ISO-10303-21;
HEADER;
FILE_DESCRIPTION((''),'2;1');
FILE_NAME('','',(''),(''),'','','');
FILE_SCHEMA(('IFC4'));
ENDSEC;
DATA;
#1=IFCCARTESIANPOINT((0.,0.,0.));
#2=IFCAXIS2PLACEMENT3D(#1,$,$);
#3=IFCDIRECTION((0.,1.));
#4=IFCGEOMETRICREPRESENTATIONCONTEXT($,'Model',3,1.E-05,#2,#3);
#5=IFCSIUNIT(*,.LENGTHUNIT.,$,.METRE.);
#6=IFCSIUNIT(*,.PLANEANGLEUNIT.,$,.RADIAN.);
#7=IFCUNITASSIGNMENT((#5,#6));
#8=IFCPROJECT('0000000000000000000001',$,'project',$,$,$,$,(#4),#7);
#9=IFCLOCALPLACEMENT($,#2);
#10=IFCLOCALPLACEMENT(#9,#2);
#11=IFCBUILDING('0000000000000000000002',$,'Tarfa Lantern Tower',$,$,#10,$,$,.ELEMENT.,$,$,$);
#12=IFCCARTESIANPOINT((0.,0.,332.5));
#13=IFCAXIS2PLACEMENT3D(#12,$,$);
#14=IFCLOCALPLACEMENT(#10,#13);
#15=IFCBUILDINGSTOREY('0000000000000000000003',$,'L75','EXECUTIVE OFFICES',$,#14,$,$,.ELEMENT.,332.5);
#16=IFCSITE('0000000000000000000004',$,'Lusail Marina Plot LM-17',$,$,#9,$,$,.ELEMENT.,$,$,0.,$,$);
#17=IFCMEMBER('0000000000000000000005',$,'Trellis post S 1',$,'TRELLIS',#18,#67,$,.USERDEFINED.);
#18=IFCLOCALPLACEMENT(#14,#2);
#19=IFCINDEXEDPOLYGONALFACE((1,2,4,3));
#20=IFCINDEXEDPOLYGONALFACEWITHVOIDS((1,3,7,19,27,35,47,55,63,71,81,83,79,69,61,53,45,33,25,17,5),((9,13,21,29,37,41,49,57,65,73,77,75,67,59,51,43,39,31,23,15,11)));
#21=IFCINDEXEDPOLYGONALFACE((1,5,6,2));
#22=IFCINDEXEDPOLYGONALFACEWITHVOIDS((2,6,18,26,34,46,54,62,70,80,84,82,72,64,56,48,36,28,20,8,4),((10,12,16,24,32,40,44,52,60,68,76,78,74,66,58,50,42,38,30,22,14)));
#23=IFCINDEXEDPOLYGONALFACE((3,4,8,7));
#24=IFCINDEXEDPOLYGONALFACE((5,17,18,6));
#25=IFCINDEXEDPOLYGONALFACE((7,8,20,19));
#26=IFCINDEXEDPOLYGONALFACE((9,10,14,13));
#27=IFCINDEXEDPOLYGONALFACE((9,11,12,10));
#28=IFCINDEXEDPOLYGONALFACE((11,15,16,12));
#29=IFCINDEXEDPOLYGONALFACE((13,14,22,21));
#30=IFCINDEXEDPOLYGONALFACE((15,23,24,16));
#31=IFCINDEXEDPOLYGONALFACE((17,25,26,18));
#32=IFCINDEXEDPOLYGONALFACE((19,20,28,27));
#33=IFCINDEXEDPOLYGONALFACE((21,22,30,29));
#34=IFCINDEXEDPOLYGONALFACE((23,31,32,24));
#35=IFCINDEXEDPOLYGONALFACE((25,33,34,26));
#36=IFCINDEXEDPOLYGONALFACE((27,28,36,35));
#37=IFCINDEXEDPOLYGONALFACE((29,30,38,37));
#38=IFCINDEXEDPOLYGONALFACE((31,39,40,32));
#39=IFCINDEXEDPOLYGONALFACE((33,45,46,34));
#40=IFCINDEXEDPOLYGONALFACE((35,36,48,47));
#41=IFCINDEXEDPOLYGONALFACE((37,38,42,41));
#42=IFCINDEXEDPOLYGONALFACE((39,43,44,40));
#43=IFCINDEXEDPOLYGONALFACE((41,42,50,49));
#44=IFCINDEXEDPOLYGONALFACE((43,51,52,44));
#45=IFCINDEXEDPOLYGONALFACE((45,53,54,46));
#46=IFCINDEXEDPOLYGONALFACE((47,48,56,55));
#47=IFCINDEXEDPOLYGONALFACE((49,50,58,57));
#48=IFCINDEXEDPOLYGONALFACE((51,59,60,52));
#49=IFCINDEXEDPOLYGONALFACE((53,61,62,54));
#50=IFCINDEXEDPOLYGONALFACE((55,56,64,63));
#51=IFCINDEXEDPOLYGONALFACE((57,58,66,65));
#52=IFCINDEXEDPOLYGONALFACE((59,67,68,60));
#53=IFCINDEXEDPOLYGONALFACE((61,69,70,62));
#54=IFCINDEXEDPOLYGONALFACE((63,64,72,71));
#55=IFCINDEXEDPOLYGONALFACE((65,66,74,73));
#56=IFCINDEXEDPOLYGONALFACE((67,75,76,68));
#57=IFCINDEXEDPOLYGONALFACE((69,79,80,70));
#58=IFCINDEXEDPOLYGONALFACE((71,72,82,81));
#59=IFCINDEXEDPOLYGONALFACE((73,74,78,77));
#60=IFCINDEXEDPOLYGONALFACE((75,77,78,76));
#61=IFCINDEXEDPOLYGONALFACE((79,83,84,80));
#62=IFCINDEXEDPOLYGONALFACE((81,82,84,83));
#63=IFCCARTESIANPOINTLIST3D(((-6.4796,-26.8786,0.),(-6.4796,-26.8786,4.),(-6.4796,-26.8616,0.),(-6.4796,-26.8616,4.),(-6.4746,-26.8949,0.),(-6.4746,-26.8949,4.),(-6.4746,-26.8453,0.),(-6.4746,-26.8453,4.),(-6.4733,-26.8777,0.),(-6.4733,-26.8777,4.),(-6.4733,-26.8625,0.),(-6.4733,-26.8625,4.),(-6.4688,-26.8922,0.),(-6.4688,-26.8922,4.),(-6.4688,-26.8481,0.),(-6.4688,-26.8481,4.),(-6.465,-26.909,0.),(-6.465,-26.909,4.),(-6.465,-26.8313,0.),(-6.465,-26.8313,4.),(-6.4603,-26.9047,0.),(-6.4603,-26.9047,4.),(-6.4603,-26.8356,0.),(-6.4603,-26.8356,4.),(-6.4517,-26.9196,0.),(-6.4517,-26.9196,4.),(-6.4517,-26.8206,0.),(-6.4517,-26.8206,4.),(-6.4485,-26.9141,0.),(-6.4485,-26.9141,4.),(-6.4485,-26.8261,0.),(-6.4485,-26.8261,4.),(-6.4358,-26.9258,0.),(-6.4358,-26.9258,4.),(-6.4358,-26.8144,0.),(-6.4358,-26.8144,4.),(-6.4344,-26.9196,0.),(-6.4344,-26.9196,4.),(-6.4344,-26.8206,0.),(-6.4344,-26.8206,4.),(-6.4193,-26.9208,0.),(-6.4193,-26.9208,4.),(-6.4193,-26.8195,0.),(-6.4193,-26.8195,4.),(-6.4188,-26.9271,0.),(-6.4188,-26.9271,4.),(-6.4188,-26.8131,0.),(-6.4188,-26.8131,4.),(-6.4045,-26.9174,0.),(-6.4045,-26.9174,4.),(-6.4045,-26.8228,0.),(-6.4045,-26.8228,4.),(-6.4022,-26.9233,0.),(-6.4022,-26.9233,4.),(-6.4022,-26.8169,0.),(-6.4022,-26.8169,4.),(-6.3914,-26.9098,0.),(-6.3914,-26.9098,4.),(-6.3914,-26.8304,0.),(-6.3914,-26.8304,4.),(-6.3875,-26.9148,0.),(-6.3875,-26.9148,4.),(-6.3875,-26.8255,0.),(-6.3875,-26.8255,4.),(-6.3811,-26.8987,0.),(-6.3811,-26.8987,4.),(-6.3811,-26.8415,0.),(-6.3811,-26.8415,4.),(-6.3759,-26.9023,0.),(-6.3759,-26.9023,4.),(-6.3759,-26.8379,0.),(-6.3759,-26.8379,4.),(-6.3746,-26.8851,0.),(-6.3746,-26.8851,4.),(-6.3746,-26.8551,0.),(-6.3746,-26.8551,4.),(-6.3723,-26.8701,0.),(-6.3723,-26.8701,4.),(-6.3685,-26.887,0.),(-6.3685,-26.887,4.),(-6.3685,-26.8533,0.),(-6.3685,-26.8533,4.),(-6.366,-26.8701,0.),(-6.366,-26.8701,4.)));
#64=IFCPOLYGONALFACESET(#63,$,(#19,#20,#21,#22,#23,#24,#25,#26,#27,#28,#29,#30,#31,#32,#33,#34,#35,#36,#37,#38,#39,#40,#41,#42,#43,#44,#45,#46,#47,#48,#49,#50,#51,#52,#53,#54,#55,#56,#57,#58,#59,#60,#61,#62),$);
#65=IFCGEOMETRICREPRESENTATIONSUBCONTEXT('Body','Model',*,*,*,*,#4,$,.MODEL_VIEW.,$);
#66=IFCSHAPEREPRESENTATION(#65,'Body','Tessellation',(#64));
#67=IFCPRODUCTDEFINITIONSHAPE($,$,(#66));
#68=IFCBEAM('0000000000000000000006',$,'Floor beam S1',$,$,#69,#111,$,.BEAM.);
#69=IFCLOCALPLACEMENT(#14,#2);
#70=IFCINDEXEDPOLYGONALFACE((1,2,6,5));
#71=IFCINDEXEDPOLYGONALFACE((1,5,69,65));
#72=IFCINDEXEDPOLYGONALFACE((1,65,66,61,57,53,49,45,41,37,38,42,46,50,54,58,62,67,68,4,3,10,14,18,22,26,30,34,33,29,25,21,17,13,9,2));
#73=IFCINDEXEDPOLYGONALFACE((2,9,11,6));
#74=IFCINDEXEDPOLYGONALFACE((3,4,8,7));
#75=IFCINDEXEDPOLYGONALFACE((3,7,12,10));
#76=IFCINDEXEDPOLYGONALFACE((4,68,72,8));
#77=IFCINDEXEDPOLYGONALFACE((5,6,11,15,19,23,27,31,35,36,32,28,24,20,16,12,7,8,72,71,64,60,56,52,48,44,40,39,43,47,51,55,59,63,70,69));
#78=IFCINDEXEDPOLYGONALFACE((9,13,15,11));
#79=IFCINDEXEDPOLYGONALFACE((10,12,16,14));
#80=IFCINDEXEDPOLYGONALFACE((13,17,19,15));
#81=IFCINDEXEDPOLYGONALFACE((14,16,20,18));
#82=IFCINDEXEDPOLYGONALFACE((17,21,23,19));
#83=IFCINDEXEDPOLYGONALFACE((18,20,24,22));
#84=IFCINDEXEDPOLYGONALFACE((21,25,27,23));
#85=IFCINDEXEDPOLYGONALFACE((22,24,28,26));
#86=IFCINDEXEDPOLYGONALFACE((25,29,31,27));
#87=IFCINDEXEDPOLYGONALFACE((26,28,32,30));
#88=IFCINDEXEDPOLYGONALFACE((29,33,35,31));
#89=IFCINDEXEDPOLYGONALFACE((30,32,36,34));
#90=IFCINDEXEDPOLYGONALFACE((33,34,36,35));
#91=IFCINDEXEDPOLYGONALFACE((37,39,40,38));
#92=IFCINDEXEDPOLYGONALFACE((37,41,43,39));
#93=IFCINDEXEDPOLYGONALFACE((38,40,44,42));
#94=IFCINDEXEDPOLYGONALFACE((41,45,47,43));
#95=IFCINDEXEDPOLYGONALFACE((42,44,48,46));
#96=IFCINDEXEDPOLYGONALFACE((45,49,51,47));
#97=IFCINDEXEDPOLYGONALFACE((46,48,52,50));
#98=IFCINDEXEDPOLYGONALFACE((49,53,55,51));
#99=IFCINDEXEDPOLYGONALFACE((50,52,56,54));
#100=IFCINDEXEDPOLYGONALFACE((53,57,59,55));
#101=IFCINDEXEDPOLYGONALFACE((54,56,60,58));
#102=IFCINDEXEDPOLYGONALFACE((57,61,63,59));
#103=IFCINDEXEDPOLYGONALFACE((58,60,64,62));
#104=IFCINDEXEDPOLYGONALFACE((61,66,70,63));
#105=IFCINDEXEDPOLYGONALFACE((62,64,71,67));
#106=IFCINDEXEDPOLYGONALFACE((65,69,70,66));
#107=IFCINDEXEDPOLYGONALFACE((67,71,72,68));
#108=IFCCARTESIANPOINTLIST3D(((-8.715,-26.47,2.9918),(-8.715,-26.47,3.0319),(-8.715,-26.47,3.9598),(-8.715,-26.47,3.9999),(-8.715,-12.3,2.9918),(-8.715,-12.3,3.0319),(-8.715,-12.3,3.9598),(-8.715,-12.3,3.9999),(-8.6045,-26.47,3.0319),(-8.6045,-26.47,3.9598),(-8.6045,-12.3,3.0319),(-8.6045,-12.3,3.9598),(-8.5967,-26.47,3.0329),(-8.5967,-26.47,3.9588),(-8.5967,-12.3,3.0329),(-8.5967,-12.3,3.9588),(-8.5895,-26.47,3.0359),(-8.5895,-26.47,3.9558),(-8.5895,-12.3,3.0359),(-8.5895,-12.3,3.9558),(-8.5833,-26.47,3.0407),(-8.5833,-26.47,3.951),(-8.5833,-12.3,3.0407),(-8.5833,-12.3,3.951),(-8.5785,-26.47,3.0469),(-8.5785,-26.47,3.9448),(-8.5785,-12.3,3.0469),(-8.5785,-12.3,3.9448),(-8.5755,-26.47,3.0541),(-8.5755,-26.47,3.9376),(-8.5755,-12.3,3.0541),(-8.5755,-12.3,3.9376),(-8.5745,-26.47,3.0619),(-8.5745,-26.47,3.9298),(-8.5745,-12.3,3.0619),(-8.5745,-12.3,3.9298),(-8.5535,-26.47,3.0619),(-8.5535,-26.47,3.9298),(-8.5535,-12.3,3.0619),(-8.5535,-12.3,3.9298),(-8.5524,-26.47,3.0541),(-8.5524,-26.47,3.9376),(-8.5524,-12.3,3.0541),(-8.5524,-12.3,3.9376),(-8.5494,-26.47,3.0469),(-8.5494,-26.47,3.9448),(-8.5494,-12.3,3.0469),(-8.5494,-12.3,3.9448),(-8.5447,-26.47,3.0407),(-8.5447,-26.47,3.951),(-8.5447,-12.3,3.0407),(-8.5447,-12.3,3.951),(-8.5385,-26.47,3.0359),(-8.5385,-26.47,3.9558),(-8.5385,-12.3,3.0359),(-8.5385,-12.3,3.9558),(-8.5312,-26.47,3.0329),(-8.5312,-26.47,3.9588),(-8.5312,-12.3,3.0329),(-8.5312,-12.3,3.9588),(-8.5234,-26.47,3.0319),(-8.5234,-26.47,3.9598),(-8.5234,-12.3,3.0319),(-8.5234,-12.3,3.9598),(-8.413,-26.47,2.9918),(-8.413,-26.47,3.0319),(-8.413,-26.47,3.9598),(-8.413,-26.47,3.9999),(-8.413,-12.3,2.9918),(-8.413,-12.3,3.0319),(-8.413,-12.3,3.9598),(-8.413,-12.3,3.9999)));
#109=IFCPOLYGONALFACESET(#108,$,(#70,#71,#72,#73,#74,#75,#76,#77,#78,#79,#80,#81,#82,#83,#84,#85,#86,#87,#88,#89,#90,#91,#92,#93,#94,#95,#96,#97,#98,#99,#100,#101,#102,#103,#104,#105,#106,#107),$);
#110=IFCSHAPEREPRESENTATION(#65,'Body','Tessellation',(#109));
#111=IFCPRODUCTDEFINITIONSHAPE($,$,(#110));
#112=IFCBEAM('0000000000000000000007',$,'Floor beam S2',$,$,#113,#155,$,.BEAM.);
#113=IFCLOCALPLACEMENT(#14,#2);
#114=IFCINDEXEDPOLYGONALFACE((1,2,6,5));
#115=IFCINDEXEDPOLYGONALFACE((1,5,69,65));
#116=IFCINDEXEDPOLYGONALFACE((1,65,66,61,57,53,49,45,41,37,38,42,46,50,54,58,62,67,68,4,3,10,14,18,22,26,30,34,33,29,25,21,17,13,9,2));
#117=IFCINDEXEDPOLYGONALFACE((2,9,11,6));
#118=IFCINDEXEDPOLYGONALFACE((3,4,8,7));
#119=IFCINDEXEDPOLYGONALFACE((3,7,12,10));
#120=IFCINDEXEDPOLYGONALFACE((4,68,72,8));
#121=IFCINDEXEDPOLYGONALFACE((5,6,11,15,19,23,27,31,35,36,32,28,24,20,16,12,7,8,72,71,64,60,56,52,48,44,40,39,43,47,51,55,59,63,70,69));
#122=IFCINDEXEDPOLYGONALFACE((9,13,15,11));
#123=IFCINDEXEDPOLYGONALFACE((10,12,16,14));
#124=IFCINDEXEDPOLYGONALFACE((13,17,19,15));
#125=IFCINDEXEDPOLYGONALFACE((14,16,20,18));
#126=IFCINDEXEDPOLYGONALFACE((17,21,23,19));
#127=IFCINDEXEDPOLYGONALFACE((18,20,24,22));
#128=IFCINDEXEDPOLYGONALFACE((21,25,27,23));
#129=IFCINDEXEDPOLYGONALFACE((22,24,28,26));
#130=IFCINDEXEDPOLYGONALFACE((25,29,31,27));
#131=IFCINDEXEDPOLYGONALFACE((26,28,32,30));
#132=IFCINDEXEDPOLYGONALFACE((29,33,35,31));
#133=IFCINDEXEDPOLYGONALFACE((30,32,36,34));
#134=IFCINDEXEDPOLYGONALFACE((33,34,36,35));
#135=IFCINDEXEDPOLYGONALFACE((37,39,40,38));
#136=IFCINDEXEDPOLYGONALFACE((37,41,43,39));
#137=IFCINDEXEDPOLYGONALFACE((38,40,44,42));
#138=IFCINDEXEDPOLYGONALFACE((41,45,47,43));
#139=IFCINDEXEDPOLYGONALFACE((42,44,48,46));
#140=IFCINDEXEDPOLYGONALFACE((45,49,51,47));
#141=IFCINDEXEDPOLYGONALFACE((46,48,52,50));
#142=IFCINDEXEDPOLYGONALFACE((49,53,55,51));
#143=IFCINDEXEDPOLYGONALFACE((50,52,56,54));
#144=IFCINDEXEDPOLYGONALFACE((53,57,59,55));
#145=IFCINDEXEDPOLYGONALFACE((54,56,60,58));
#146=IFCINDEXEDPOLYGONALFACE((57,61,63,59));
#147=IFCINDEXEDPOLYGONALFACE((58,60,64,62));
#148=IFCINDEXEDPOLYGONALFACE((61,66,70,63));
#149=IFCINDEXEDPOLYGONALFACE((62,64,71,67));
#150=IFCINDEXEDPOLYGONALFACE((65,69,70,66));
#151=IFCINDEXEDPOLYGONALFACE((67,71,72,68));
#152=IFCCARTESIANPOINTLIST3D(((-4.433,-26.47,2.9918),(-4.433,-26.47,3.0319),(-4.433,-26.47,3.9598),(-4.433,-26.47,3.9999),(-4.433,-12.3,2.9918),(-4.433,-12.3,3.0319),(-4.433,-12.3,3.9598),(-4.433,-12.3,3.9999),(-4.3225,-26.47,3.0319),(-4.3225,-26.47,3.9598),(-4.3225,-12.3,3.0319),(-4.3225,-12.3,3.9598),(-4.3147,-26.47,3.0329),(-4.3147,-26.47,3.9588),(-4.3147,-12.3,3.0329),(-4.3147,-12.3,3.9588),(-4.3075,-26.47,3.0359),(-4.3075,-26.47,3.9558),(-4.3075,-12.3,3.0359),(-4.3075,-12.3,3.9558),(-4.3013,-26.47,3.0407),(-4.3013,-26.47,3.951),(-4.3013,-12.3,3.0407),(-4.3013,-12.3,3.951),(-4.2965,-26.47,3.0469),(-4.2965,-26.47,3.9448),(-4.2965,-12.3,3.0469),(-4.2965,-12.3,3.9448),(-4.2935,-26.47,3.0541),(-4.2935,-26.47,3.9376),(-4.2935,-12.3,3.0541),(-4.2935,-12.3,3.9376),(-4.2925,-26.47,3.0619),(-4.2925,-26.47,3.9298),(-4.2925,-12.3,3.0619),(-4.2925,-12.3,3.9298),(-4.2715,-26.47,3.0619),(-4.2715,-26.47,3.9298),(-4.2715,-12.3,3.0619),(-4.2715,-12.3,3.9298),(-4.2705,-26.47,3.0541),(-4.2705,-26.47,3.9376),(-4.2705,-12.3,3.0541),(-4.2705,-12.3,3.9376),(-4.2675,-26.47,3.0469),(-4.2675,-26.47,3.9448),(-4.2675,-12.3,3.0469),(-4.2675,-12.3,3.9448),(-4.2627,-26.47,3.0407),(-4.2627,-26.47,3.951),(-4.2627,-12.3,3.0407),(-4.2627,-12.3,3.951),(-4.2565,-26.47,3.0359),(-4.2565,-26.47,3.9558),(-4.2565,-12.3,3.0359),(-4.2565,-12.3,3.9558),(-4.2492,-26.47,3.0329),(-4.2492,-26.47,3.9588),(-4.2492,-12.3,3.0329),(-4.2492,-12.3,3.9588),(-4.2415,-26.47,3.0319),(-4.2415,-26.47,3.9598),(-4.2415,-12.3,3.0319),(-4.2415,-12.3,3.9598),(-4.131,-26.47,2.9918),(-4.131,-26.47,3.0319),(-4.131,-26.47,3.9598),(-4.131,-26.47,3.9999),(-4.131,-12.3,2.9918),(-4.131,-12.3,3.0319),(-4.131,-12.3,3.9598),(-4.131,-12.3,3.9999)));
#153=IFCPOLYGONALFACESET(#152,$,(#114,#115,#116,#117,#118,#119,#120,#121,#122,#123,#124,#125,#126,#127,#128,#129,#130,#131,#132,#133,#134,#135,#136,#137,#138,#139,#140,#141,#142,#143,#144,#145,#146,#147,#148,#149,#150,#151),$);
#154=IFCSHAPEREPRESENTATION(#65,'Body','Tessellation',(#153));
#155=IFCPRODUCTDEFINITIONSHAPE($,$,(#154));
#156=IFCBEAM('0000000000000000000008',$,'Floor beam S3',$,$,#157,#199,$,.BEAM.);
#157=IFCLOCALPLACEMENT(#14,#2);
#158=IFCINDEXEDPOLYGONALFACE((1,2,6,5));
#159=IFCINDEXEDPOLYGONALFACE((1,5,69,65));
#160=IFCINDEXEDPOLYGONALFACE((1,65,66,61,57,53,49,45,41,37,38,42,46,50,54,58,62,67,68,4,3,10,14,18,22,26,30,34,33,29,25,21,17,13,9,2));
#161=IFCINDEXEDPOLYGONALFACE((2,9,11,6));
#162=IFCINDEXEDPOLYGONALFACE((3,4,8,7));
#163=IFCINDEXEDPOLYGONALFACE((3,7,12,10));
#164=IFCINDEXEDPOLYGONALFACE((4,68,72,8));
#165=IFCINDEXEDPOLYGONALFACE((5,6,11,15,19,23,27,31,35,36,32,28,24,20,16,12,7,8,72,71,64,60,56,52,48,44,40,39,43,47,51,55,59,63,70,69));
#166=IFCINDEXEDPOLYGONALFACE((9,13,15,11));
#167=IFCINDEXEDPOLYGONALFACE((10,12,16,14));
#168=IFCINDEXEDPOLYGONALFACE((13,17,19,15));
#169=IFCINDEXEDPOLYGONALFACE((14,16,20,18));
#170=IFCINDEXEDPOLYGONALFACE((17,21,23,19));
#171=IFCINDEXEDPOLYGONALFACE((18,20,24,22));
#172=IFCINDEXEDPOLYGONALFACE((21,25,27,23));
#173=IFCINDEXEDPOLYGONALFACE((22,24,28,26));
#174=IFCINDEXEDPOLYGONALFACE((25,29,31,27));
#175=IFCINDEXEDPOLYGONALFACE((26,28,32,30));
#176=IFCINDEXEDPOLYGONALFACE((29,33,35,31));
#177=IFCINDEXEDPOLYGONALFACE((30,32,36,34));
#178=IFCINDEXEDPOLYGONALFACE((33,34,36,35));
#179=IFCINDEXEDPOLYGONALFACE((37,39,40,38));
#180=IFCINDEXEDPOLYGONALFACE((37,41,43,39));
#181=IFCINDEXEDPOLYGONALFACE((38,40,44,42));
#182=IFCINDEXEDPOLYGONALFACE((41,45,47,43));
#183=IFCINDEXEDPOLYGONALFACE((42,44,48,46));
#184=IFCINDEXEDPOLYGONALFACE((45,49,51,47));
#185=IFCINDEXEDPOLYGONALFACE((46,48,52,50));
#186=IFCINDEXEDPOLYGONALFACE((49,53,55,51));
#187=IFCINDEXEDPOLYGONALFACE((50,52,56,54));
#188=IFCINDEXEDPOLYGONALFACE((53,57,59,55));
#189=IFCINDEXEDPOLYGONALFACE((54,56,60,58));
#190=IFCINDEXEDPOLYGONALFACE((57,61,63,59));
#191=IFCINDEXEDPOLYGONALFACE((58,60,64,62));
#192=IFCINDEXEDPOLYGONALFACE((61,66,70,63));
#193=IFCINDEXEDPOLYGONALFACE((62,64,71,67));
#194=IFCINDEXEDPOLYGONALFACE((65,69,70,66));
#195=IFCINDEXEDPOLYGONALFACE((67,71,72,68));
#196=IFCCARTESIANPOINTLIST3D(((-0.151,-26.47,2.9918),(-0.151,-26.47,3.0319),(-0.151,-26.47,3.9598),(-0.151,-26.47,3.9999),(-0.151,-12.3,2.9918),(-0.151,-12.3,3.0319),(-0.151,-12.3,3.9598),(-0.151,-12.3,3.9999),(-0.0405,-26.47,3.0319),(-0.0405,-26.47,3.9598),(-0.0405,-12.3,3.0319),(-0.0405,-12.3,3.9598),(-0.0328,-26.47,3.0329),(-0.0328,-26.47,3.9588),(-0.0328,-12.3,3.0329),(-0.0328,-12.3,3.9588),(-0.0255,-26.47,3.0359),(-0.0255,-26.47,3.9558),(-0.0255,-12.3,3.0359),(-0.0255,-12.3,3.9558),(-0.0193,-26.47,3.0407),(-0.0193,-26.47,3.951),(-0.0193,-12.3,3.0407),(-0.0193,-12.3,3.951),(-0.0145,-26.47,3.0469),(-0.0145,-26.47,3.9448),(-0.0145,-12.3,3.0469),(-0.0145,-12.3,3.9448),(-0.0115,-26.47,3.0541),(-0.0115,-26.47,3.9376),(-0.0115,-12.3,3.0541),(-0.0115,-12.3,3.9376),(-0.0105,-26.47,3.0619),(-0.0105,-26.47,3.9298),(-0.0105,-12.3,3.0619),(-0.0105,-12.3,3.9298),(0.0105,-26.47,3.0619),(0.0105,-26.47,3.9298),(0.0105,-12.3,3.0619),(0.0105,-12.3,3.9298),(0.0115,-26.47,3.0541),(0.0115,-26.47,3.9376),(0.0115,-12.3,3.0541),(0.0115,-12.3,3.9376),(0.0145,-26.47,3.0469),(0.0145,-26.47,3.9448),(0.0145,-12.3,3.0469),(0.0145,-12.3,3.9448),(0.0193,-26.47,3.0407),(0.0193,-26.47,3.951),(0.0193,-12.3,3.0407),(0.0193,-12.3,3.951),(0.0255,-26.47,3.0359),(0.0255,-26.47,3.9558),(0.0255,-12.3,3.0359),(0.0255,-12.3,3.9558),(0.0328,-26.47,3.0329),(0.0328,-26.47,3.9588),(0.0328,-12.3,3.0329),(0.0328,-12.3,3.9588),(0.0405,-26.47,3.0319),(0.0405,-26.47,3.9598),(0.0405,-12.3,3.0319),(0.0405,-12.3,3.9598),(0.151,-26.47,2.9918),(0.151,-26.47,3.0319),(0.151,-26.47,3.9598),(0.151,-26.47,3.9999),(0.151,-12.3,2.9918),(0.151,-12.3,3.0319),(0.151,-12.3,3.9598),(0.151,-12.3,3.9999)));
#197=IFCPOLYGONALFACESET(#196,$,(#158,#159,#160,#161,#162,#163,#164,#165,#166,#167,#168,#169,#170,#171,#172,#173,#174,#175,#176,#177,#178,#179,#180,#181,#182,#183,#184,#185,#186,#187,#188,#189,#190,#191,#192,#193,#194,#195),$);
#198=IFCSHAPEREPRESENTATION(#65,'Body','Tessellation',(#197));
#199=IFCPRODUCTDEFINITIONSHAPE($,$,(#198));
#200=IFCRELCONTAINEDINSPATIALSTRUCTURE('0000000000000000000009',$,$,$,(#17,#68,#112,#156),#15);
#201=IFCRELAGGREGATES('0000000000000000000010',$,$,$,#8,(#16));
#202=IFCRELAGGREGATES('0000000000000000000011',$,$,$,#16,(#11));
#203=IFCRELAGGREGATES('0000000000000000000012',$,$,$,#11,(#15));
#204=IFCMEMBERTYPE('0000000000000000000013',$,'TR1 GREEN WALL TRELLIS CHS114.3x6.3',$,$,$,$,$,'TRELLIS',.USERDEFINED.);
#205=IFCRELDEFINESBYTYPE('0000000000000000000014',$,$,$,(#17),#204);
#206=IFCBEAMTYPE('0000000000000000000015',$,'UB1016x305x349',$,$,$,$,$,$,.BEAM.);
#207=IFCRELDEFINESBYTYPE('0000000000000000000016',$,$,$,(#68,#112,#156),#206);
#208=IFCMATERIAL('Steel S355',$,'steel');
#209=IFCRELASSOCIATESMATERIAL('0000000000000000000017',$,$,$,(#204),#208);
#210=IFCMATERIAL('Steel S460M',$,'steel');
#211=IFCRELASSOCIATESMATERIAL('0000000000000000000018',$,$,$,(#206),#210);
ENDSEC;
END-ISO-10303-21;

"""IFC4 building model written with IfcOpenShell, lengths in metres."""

from ifc_helpers import new_model, si_unit, direction, frame, origin, origin_2d, place, context, subcontext, project, spatial, hollow_circle, i_section, extrude, material, material_profile, profile_set, type_object, element, save


model = new_model("IFC4")

# Units and contexts
model_context = context("Model", 3, precision=1e-05, world=origin(), true_north=direction((0.0, 1.0)))
body_context = subcontext(model_context, "Body", "Model", "MODEL_VIEW")
ifc_project = project(units=[si_unit("LENGTHUNIT", "METRE"), si_unit("PLANEANGLEUNIT", "RADIAN")], contexts=[model_context])

# Site, building, storey
site_placement = place(None, origin())
site = spatial("IfcSite", under=ifc_project, at=site_placement, Name="Lusail Marina Plot LM-17", CompositionType="ELEMENT", RefElevation=0.0)
building_placement = place(site_placement, origin())
building = spatial("IfcBuilding", under=site, at=building_placement, Name="Tarfa Lantern Tower", CompositionType="ELEMENT")
storey_placement = place(building_placement, frame((0.0, 0.0, 332.5)))
storey = spatial("IfcBuildingStorey", under=building, at=storey_placement, Name="L75", Description="EXECUTIVE OFFICES", CompositionType="ELEMENT", Elevation=332.5)

# Member
ifc_material_1 = material(Name="Steel S355", Category="steel")
ifc_material_profile_1 = material_profile(ifc_material_1, hollow_circle(Radius=0.0571, WallThickness=0.0063, at=origin_2d()), Name="CHS114.3x6.3")
ifc_profile_set_1 = profile_set([ifc_material_profile_1], Name="Steel S355")
member_type_1 = type_object("IfcMemberType", Name="TR1 GREEN WALL TRELLIS CHS114.3x6.3", ElementType="TRELLIS", PredefinedType="USERDEFINED", material=ifc_profile_set_1)
member_1_placement = place(storey_placement, frame((-6.4231, -26.8701, 0.0), z_axis=(0.0, 0.0, 1.0), x_axis=(1.0, 0.0, 0.0)))
element("IfcMember", 1, at=member_1_placement, inside=storey, type_object=member_type_1, Name="Trellis post S 1", ObjectType="TRELLIS", PredefinedType="USERDEFINED", context=body_context, shape_type="SweptSolid", body=[
    extrude(hollow_circle(Radius=0.0571, WallThickness=0.0063, at=origin_2d()), origin(), (0.0, 0.0, 1.0), 4.0),
])

# Beams
ifc_material_2 = material(Name="Steel S460M", Category="steel")
ifc_material_profile_2 = material_profile(ifc_material_2, i_section(OverallWidth=0.302, OverallDepth=1.0081, WebThickness=0.021, FlangeThickness=0.04, FilletRadius=0.03, at=origin_2d()), Name="UB1016x305x349")
ifc_profile_set_2 = profile_set([ifc_material_profile_2], Name="Steel S460M")
beam_type_1 = type_object("IfcBeamType", Name="UB1016x305x349", PredefinedType="BEAM", material=ifc_profile_set_2)
for number, where, z_axis, x_axis, name in (
    (2, (-8.564, -26.47, 3.4958), (0.0, 1.0, 0.0), (-1.0, 0.0, 0.0), "Floor beam S1"),
    (3, (-4.282, -26.47, 3.4958), (0.0, 1.0, 0.0), (-1.0, 0.0, 0.0), "Floor beam S2"),
    (4, (0.0, -26.47, 3.4958), (0.0, 1.0, 0.0), (-1.0, 0.0, 0.0), "Floor beam S3"),
):
    element("IfcBeam", number, at=place(storey_placement, frame(where, z_axis=z_axis, x_axis=x_axis)), inside=storey, type_object=beam_type_1, Name=name, PredefinedType="BEAM", context=body_context, shape_type="SweptSolid", body=[
        extrude(i_section(OverallWidth=0.302, OverallDepth=1.0081, WebThickness=0.021, FlangeThickness=0.04, FilletRadius=0.03, at=origin_2d()), origin(), (0.0, 0.0, 1.0), 14.1699),
    ])

save(model, "model.ifc")
